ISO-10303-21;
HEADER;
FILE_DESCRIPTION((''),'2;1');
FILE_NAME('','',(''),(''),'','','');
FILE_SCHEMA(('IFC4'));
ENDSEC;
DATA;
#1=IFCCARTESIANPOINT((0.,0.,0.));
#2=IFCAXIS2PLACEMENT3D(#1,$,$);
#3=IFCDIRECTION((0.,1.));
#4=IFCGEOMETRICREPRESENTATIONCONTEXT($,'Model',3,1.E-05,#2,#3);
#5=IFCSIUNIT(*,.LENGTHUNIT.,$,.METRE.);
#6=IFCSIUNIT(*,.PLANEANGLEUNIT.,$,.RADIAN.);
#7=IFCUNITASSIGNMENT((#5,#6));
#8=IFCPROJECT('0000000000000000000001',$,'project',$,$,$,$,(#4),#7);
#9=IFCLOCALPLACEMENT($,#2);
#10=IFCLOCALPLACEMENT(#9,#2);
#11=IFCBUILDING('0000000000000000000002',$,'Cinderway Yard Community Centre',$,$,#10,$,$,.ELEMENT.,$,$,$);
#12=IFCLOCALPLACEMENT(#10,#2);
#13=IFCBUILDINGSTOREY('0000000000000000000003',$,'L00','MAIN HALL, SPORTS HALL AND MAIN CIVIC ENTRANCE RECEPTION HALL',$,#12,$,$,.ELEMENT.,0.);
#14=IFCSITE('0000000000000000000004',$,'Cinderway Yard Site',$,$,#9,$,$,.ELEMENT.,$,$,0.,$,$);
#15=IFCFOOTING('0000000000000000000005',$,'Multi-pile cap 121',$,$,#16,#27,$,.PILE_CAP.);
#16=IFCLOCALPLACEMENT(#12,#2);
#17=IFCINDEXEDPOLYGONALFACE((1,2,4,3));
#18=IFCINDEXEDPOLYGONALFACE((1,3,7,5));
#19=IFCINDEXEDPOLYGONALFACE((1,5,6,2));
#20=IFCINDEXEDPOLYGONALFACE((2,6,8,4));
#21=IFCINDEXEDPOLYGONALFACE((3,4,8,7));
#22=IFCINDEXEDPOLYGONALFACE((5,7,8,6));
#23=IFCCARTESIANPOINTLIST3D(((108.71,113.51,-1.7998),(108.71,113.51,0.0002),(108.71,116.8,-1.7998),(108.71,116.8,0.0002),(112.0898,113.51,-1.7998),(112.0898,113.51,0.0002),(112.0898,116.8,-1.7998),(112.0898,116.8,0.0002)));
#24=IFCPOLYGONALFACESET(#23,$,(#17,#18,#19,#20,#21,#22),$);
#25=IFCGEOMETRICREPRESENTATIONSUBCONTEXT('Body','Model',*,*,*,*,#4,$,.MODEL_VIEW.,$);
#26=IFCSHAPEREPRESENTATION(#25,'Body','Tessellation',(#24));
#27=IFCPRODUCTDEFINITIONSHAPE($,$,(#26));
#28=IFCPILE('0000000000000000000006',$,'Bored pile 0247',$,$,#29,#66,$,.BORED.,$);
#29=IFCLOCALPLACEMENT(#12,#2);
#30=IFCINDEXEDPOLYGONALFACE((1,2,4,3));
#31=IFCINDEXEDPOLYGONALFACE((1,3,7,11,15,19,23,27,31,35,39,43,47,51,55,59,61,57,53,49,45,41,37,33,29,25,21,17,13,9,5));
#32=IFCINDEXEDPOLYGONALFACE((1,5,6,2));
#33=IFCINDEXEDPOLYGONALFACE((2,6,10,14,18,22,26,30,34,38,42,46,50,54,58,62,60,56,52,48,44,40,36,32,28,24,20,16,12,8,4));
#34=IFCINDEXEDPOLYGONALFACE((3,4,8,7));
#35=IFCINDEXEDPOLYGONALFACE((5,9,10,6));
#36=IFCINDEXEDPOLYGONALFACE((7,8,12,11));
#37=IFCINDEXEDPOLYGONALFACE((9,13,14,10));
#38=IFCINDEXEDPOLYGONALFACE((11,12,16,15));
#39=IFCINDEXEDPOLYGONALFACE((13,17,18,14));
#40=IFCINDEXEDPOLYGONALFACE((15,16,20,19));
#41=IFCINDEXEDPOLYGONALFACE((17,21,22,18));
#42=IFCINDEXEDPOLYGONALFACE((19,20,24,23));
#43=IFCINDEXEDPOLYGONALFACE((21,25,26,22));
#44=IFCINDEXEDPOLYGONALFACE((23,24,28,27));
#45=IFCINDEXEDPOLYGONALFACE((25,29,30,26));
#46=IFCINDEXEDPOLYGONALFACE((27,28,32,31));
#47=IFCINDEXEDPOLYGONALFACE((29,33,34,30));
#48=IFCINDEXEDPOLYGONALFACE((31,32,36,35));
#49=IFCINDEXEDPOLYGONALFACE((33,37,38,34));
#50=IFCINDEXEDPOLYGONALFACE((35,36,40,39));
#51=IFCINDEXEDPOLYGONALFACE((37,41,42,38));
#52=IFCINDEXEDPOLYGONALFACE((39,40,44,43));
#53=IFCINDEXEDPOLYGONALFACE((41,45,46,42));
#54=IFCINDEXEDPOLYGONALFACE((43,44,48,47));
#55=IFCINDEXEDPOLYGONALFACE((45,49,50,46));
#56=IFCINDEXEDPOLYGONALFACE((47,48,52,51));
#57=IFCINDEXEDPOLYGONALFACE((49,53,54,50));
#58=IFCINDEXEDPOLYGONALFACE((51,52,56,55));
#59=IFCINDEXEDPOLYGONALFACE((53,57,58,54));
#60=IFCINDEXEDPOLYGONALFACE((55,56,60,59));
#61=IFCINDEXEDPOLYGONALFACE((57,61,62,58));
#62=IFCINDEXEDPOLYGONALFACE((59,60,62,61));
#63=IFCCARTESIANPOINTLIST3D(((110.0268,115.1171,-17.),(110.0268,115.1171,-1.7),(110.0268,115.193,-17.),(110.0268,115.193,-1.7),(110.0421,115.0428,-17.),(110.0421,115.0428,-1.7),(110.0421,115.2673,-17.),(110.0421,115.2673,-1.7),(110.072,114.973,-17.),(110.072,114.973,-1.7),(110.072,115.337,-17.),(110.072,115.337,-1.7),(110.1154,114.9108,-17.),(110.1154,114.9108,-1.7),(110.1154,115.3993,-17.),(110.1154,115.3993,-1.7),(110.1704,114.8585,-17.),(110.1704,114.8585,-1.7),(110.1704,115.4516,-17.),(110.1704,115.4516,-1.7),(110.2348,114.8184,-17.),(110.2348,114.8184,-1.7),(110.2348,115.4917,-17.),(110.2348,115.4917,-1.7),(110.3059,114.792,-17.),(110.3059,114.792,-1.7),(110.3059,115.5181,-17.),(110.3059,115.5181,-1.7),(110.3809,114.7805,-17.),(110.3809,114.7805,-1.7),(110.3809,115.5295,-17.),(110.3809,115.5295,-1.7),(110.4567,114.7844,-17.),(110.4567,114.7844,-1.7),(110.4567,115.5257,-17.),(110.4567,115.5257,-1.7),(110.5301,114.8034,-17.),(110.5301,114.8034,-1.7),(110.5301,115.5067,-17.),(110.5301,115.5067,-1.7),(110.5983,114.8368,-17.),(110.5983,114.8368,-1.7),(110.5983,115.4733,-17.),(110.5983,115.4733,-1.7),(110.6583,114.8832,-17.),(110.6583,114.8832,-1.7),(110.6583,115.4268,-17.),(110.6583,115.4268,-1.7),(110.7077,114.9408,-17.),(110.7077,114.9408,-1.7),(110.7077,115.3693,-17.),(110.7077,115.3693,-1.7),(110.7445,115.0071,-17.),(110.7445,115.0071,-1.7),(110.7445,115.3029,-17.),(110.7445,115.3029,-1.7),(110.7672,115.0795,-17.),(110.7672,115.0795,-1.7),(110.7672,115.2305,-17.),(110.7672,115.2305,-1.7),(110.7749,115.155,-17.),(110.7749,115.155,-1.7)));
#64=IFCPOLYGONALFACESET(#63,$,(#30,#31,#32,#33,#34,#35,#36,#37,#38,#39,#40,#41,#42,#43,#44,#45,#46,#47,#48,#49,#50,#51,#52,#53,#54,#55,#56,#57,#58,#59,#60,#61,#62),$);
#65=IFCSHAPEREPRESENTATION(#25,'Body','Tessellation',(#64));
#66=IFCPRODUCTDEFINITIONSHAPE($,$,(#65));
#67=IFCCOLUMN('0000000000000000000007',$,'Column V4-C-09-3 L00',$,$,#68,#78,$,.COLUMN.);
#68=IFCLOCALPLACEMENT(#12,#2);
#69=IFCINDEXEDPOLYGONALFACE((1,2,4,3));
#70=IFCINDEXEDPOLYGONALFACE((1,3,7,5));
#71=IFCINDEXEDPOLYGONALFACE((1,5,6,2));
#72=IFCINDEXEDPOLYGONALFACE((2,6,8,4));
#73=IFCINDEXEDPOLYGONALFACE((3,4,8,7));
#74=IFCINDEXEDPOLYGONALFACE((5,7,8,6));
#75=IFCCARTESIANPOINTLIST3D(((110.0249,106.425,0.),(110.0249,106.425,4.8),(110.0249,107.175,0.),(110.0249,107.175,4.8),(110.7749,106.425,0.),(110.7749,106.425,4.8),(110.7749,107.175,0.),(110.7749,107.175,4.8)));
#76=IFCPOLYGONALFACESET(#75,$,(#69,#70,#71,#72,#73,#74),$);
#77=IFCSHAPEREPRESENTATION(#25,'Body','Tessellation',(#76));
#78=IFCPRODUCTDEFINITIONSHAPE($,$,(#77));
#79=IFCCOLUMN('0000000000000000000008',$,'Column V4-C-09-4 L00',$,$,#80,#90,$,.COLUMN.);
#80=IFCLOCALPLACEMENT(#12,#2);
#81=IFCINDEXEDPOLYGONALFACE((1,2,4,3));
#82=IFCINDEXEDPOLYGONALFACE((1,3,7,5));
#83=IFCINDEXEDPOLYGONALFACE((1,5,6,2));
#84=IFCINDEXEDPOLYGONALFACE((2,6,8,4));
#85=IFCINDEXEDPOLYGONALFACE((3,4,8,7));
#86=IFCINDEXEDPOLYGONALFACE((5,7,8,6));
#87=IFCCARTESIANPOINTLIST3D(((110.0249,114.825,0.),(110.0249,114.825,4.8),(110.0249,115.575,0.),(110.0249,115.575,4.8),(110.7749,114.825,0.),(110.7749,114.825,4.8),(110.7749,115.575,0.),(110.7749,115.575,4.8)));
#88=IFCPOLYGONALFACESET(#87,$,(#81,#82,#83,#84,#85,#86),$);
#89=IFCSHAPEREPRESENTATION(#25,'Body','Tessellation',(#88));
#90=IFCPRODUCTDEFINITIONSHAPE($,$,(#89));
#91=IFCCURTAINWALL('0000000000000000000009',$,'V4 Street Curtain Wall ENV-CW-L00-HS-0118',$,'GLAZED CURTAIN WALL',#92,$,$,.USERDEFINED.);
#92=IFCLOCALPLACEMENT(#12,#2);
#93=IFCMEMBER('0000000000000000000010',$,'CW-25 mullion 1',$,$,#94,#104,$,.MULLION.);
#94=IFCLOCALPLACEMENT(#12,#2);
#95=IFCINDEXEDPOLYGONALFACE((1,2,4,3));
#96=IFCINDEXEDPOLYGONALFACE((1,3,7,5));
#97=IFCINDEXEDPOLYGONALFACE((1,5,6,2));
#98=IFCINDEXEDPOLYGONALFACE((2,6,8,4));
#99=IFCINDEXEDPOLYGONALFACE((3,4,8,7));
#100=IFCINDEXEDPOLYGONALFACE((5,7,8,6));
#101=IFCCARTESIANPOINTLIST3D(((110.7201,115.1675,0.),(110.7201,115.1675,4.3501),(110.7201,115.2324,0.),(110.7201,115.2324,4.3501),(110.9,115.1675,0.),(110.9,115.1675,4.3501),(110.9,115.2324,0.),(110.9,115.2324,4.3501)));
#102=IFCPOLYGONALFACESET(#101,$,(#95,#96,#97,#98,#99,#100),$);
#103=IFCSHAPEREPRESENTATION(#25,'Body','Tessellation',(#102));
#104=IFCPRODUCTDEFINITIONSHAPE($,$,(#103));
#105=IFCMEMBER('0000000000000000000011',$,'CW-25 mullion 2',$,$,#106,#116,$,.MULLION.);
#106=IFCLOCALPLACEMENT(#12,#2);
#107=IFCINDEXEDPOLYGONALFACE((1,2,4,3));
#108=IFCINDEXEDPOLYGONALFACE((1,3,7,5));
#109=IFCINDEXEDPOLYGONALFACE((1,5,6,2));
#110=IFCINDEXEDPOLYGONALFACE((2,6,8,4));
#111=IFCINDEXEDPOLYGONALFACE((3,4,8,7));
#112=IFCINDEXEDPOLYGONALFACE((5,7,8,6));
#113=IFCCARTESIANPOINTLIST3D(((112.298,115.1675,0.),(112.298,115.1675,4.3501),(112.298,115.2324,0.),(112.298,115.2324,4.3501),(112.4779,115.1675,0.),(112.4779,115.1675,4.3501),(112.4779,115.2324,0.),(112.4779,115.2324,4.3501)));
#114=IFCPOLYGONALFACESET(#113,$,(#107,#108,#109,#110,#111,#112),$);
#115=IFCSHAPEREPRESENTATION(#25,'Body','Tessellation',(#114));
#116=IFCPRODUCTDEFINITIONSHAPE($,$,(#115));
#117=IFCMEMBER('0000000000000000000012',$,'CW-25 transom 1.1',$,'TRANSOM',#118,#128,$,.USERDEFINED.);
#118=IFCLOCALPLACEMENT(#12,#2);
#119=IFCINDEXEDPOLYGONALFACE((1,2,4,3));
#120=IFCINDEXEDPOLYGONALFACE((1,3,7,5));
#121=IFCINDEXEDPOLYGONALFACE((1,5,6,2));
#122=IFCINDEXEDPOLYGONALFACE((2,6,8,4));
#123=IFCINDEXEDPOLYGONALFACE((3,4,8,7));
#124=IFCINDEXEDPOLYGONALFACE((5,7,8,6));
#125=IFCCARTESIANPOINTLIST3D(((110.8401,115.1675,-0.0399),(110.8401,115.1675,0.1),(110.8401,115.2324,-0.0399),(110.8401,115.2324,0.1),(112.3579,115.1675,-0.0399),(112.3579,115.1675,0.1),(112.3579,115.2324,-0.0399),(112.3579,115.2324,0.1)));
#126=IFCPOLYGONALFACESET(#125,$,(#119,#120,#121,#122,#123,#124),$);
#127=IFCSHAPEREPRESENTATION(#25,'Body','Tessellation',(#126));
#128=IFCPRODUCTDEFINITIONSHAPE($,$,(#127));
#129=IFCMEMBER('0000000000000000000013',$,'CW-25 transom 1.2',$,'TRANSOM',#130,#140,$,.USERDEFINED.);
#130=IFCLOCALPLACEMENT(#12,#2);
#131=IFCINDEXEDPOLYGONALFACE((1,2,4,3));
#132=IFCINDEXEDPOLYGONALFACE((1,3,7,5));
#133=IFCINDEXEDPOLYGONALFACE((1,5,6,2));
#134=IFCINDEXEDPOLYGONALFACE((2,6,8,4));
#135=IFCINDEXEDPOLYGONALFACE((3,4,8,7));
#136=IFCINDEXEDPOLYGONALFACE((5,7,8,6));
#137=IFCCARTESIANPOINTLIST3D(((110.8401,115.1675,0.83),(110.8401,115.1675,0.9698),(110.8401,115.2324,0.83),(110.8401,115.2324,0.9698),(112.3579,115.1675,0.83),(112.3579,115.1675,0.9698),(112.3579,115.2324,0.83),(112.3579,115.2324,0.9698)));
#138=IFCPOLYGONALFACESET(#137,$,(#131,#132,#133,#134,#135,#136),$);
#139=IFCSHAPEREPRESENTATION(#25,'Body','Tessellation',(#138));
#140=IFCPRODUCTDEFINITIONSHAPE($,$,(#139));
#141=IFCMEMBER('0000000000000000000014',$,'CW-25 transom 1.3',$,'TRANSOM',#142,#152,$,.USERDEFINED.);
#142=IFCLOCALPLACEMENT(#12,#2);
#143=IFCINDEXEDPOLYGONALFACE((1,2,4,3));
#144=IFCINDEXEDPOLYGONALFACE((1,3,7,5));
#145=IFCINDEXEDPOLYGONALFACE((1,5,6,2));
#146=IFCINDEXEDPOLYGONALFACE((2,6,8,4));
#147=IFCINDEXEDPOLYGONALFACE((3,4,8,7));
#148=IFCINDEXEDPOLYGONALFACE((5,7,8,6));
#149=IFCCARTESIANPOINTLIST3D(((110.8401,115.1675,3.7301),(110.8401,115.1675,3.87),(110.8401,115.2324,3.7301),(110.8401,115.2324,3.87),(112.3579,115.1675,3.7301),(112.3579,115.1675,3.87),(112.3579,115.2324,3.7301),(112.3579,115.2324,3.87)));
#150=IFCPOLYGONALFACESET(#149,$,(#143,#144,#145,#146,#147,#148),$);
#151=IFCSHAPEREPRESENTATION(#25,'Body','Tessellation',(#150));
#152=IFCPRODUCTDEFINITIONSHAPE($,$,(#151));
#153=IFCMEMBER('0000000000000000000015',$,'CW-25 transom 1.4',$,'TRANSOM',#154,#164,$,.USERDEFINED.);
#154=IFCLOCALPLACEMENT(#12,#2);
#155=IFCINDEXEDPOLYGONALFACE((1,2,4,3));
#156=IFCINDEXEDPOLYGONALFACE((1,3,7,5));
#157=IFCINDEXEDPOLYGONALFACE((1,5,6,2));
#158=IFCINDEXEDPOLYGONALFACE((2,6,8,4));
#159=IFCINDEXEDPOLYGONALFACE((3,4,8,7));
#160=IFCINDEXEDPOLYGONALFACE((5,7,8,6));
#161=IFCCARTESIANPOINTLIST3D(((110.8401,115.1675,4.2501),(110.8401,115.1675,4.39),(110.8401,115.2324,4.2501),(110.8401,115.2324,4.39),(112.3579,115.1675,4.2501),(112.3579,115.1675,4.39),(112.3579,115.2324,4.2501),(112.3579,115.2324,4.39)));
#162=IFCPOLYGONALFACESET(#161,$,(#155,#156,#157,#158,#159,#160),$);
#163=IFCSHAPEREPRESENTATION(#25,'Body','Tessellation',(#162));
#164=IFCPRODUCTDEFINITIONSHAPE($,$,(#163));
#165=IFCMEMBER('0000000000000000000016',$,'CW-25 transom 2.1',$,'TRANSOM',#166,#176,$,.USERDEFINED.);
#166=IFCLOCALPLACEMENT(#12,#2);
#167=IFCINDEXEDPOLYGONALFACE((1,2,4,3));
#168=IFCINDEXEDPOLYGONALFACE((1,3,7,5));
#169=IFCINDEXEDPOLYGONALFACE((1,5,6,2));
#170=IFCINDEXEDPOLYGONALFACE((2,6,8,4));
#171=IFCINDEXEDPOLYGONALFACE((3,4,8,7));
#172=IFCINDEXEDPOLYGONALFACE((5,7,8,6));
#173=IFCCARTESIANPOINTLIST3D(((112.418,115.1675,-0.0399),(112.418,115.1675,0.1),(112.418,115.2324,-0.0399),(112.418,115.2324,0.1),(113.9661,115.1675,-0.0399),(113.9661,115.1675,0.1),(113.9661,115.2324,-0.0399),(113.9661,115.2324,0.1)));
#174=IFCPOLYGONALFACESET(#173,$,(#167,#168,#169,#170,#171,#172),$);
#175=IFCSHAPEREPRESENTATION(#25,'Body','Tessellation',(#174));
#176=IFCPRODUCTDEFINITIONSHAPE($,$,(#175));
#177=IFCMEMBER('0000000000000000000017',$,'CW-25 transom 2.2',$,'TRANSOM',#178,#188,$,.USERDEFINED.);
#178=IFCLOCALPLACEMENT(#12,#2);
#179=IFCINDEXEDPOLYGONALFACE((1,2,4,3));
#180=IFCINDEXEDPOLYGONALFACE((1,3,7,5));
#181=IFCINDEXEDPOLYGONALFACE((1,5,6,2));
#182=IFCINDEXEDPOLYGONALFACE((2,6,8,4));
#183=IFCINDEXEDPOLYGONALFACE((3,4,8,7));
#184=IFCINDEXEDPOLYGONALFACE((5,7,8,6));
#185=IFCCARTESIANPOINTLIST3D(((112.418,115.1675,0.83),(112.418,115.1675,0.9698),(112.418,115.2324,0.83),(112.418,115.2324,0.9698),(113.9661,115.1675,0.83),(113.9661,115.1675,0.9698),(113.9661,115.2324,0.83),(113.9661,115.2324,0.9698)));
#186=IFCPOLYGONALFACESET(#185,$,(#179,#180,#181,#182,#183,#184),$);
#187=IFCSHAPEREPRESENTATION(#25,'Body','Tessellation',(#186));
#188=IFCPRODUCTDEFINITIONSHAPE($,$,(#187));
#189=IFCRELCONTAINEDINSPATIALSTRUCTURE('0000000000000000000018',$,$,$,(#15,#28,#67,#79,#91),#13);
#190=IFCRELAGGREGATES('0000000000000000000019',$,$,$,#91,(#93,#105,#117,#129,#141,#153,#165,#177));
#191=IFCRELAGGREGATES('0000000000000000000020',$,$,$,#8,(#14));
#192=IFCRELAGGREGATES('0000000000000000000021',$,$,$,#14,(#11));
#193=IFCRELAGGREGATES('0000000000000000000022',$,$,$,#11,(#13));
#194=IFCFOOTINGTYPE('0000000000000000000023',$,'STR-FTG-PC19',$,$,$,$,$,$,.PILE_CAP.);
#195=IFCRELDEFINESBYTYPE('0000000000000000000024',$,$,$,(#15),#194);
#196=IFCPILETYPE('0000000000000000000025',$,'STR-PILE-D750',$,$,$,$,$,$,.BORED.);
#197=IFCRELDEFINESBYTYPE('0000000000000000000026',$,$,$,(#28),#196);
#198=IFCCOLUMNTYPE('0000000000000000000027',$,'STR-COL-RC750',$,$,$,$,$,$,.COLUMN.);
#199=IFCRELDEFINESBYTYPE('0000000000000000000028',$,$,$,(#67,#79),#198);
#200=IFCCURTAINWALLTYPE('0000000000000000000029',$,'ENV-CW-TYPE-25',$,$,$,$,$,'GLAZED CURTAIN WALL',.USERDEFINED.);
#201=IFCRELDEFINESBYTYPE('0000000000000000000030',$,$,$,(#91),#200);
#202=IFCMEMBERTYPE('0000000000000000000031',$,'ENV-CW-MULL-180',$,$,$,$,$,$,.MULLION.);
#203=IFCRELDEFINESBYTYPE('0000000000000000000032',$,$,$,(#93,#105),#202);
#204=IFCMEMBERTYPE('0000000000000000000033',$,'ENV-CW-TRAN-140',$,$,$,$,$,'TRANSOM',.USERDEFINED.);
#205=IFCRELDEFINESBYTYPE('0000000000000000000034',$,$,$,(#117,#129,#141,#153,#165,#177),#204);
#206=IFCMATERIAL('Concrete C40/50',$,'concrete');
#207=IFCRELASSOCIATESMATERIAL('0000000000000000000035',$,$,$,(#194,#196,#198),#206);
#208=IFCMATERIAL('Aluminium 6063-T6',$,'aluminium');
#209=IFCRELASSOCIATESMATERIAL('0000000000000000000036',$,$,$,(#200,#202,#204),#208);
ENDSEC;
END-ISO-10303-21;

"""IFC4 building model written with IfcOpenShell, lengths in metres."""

from ifc_helpers import new_model, si_unit, direction, frame, origin, origin_2d, place, context, subcontext, project, spatial, rectangle, circle, extrude, material, material_profile, profile_set, type_object, element, aggregate, save


model = new_model("IFC4")

# Units and contexts
model_context = context("Model", 3, precision=1e-05, world=origin(), true_north=direction((0.0, 1.0)))
body_context = subcontext(model_context, "Body", "Model", "MODEL_VIEW")
ifc_project = project(units=[si_unit("LENGTHUNIT", "METRE"), si_unit("PLANEANGLEUNIT", "RADIAN")], contexts=[model_context])

# Site, building, storey
site_placement = place(None, origin())
site = spatial("IfcSite", under=ifc_project, at=site_placement, Name="Cinderway Yard Site", CompositionType="ELEMENT", RefElevation=0.0)
building_placement = place(site_placement, origin())
building = spatial("IfcBuilding", under=site, at=building_placement, Name="Cinderway Yard Community Centre", CompositionType="ELEMENT")
storey_placement = place(building_placement, origin())
storey = spatial("IfcBuildingStorey", under=building, at=storey_placement, Name="L00", Description="MAIN HALL, SPORTS HALL AND MAIN CIVIC ENTRANCE RECEPTION HALL", CompositionType="ELEMENT", Elevation=0.0)

# Footing
ifc_material_1 = material(Name="Concrete C40/50", Category="concrete")
footing_type = type_object("IfcFootingType", Name="STR-FTG-PC19", PredefinedType="PILE_CAP", material=ifc_material_1)
footing_placement = place(storey_placement, frame((110.3999, 115.155, -1.7998), z_axis=(0.0, 0.0, 1.0), x_axis=(1.0, 0.0, 0.0)))
element("IfcFooting", 1, at=footing_placement, inside=storey, type_object=footing_type, Name="Multi-pile cap 121", PredefinedType="PILE_CAP", context=body_context, shape_type="SweptSolid", body=[
    extrude(rectangle(XDim=3.3799, YDim=3.29, at=origin_2d()), origin(), (0.0, 0.0, 1.0), 1.8),
])

# Pile
ifc_material_profile_1 = material_profile(ifc_material_1, circle(Radius=0.375, at=origin_2d()), Name="Concrete C40/50")
ifc_profile_set_1 = profile_set([ifc_material_profile_1], Name="Concrete C40/50")
pile_type = type_object("IfcPileType", Name="STR-PILE-D750", PredefinedType="BORED", material=ifc_profile_set_1)
pile_placement = place(storey_placement, frame((110.3999, 115.155, -1.7), z_axis=(0.0, 0.0, -1.0), x_axis=(1.0, 0.0, 0.0)))
element("IfcPile", 2, at=pile_placement, inside=storey, type_object=pile_type, Name="Bored pile 0247", PredefinedType="BORED", context=body_context, shape_type="SweptSolid", body=[
    extrude(circle(Radius=0.375, at=origin_2d()), origin(), (0.0, 0.0, 1.0), 15.3),
])

# Columns
ifc_material_profile_2 = material_profile(ifc_material_1, rectangle(XDim=0.75, YDim=0.75, at=origin_2d()), Name="Concrete C40/50")
ifc_profile_set_2 = profile_set([ifc_material_profile_2], Name="Concrete C40/50")
column_type = type_object("IfcColumnType", Name="STR-COL-RC750", PredefinedType="COLUMN", material=ifc_profile_set_2)
for number, where, z_axis, x_axis, name in (
    (3, (110.3999, 106.8, 0.0), (0.0, 0.0, 1.0), (1.0, 0.0, 0.0), "Column V4-C-09-3 L00"),
    (4, (110.3999, 115.2, 0.0), (0.0, 0.0, 1.0), (1.0, 0.0, 0.0), "Column V4-C-09-4 L00"),
):
    element("IfcColumn", number, at=place(storey_placement, frame(where, z_axis=z_axis, x_axis=x_axis)), inside=storey, type_object=column_type, Name=name, PredefinedType="COLUMN", context=body_context, shape_type="SweptSolid", body=[
        extrude(rectangle(XDim=0.75, YDim=0.75, at=origin_2d()), origin(), (0.0, 0.0, 1.0), 4.8),
    ])

# Curtain wall, members
ifc_material_2 = material(Name="Aluminium 6063-T6", Category="aluminium")
curtain_wall_type = type_object("IfcCurtainWallType", Name="ENV-CW-TYPE-25", ElementType="GLAZED CURTAIN WALL", PredefinedType="USERDEFINED", material=ifc_material_2)
curtain_wall_placement = place(storey_placement, origin())
curtain_wall = element("IfcCurtainWall", 5, at=curtain_wall_placement, inside=storey, type_object=curtain_wall_type, Name="V4 Street Curtain Wall ENV-CW-L00-HS-0118", ObjectType="GLAZED CURTAIN WALL", PredefinedType="USERDEFINED")
ifc_material_profile_3 = material_profile(ifc_material_2, rectangle(XDim=0.0649, YDim=0.1799, at=origin_2d()), Name="Aluminium 6063-T6")
ifc_profile_set_3 = profile_set([ifc_material_profile_3], Name="Aluminium 6063-T6")
member_type_1 = type_object("IfcMemberType", Name="ENV-CW-MULL-180", PredefinedType="MULLION", material=ifc_profile_set_3)
member_1_placement = place(storey_placement, frame((110.8101, 115.2, 0.0), z_axis=(0.0, 0.0, 1.0), x_axis=(0.0, 1.0, 0.0)))
member_1 = element("IfcMember", 6, at=member_1_placement, type_object=member_type_1, Name="CW-25 mullion 1", PredefinedType="MULLION", context=body_context, shape_type="SweptSolid", body=[
    extrude(rectangle(XDim=0.0649, YDim=0.1799, at=origin_2d()), origin(), (0.0, 0.0, 1.0), 4.3501),
])
member_2_placement = place(storey_placement, frame((112.3879, 115.2, 0.0), z_axis=(0.0, 0.0, 1.0), x_axis=(0.0, 1.0, 0.0)))
member_2 = element("IfcMember", 7, at=member_2_placement, type_object=member_type_1, Name="CW-25 mullion 2", PredefinedType="MULLION", context=body_context, shape_type="SweptSolid", body=[
    extrude(rectangle(XDim=0.0649, YDim=0.1799, at=origin_2d()), origin(), (0.0, 0.0, 1.0), 4.3501),
])
ifc_material_profile_4 = material_profile(ifc_material_2, rectangle(XDim=0.0649, YDim=0.1399, at=origin_2d()), Name="Aluminium 6063-T6")
ifc_profile_set_4 = profile_set([ifc_material_profile_4], Name="Aluminium 6063-T6")
member_type_2 = type_object("IfcMemberType", Name="ENV-CW-TRAN-140", ElementType="TRANSOM", PredefinedType="USERDEFINED", material=ifc_profile_set_4)
member_3_placement = place(storey_placement, frame((110.8401, 115.2, 0.03), z_axis=(1.0, 0.0, 0.0), x_axis=(0.0, 1.0, 0.0)))
member_3 = element("IfcMember", 8, at=member_3_placement, type_object=member_type_2, Name="CW-25 transom 1.1", ObjectType="TRANSOM", PredefinedType="USERDEFINED", context=body_context, shape_type="SweptSolid", body=[
    extrude(rectangle(XDim=0.0649, YDim=0.1399, at=origin_2d()), origin(), (0.0, 0.0, 1.0), 1.5178),
])
member_4_placement = place(storey_placement, frame((110.8401, 115.2, 0.8999), z_axis=(1.0, 0.0, 0.0), x_axis=(0.0, 1.0, 0.0)))
member_4 = element("IfcMember", 9, at=member_4_placement, type_object=member_type_2, Name="CW-25 transom 1.2", ObjectType="TRANSOM", PredefinedType="USERDEFINED", context=body_context, shape_type="SweptSolid", body=[
    extrude(rectangle(XDim=0.0649, YDim=0.1399, at=origin_2d()), origin(), (0.0, 0.0, 1.0), 1.5178),
])
member_5_placement = place(storey_placement, frame((110.8401, 115.2, 3.8), z_axis=(1.0, 0.0, 0.0), x_axis=(0.0, 1.0, 0.0)))
member_5 = element("IfcMember", 10, at=member_5_placement, type_object=member_type_2, Name="CW-25 transom 1.3", ObjectType="TRANSOM", PredefinedType="USERDEFINED", context=body_context, shape_type="SweptSolid", body=[
    extrude(rectangle(XDim=0.0649, YDim=0.1399, at=origin_2d()), origin(), (0.0, 0.0, 1.0), 1.5178),
])
member_6_placement = place(storey_placement, frame((110.8401, 115.2, 4.3201), z_axis=(1.0, 0.0, 0.0), x_axis=(0.0, 1.0, 0.0)))
member_6 = element("IfcMember", 11, at=member_6_placement, type_object=member_type_2, Name="CW-25 transom 1.4", ObjectType="TRANSOM", PredefinedType="USERDEFINED", context=body_context, shape_type="SweptSolid", body=[
    extrude(rectangle(XDim=0.0649, YDim=0.1399, at=origin_2d()), origin(), (0.0, 0.0, 1.0), 1.5178),
])
member_7_placement = place(storey_placement, frame((112.418, 115.2, 0.03), z_axis=(1.0, 0.0, 0.0), x_axis=(0.0, 1.0, 0.0)))
member_7 = element("IfcMember", 12, at=member_7_placement, type_object=member_type_2, Name="CW-25 transom 2.1", ObjectType="TRANSOM", PredefinedType="USERDEFINED", context=body_context, shape_type="SweptSolid", body=[
    extrude(rectangle(XDim=0.0649, YDim=0.1399, at=origin_2d()), origin(), (0.0, 0.0, 1.0), 1.5481),
])
member_8_placement = place(storey_placement, frame((112.418, 115.2, 0.8999), z_axis=(1.0, 0.0, 0.0), x_axis=(0.0, 1.0, 0.0)))
member_8 = element("IfcMember", 13, at=member_8_placement, type_object=member_type_2, Name="CW-25 transom 2.2", ObjectType="TRANSOM", PredefinedType="USERDEFINED", context=body_context, shape_type="SweptSolid", body=[
    extrude(rectangle(XDim=0.0649, YDim=0.1399, at=origin_2d()), origin(), (0.0, 0.0, 1.0), 1.5481),
])
aggregate(curtain_wall, [member_1, member_2, member_3, member_4, member_5, member_6, member_7, member_8])

save(model, "model.ifc")
